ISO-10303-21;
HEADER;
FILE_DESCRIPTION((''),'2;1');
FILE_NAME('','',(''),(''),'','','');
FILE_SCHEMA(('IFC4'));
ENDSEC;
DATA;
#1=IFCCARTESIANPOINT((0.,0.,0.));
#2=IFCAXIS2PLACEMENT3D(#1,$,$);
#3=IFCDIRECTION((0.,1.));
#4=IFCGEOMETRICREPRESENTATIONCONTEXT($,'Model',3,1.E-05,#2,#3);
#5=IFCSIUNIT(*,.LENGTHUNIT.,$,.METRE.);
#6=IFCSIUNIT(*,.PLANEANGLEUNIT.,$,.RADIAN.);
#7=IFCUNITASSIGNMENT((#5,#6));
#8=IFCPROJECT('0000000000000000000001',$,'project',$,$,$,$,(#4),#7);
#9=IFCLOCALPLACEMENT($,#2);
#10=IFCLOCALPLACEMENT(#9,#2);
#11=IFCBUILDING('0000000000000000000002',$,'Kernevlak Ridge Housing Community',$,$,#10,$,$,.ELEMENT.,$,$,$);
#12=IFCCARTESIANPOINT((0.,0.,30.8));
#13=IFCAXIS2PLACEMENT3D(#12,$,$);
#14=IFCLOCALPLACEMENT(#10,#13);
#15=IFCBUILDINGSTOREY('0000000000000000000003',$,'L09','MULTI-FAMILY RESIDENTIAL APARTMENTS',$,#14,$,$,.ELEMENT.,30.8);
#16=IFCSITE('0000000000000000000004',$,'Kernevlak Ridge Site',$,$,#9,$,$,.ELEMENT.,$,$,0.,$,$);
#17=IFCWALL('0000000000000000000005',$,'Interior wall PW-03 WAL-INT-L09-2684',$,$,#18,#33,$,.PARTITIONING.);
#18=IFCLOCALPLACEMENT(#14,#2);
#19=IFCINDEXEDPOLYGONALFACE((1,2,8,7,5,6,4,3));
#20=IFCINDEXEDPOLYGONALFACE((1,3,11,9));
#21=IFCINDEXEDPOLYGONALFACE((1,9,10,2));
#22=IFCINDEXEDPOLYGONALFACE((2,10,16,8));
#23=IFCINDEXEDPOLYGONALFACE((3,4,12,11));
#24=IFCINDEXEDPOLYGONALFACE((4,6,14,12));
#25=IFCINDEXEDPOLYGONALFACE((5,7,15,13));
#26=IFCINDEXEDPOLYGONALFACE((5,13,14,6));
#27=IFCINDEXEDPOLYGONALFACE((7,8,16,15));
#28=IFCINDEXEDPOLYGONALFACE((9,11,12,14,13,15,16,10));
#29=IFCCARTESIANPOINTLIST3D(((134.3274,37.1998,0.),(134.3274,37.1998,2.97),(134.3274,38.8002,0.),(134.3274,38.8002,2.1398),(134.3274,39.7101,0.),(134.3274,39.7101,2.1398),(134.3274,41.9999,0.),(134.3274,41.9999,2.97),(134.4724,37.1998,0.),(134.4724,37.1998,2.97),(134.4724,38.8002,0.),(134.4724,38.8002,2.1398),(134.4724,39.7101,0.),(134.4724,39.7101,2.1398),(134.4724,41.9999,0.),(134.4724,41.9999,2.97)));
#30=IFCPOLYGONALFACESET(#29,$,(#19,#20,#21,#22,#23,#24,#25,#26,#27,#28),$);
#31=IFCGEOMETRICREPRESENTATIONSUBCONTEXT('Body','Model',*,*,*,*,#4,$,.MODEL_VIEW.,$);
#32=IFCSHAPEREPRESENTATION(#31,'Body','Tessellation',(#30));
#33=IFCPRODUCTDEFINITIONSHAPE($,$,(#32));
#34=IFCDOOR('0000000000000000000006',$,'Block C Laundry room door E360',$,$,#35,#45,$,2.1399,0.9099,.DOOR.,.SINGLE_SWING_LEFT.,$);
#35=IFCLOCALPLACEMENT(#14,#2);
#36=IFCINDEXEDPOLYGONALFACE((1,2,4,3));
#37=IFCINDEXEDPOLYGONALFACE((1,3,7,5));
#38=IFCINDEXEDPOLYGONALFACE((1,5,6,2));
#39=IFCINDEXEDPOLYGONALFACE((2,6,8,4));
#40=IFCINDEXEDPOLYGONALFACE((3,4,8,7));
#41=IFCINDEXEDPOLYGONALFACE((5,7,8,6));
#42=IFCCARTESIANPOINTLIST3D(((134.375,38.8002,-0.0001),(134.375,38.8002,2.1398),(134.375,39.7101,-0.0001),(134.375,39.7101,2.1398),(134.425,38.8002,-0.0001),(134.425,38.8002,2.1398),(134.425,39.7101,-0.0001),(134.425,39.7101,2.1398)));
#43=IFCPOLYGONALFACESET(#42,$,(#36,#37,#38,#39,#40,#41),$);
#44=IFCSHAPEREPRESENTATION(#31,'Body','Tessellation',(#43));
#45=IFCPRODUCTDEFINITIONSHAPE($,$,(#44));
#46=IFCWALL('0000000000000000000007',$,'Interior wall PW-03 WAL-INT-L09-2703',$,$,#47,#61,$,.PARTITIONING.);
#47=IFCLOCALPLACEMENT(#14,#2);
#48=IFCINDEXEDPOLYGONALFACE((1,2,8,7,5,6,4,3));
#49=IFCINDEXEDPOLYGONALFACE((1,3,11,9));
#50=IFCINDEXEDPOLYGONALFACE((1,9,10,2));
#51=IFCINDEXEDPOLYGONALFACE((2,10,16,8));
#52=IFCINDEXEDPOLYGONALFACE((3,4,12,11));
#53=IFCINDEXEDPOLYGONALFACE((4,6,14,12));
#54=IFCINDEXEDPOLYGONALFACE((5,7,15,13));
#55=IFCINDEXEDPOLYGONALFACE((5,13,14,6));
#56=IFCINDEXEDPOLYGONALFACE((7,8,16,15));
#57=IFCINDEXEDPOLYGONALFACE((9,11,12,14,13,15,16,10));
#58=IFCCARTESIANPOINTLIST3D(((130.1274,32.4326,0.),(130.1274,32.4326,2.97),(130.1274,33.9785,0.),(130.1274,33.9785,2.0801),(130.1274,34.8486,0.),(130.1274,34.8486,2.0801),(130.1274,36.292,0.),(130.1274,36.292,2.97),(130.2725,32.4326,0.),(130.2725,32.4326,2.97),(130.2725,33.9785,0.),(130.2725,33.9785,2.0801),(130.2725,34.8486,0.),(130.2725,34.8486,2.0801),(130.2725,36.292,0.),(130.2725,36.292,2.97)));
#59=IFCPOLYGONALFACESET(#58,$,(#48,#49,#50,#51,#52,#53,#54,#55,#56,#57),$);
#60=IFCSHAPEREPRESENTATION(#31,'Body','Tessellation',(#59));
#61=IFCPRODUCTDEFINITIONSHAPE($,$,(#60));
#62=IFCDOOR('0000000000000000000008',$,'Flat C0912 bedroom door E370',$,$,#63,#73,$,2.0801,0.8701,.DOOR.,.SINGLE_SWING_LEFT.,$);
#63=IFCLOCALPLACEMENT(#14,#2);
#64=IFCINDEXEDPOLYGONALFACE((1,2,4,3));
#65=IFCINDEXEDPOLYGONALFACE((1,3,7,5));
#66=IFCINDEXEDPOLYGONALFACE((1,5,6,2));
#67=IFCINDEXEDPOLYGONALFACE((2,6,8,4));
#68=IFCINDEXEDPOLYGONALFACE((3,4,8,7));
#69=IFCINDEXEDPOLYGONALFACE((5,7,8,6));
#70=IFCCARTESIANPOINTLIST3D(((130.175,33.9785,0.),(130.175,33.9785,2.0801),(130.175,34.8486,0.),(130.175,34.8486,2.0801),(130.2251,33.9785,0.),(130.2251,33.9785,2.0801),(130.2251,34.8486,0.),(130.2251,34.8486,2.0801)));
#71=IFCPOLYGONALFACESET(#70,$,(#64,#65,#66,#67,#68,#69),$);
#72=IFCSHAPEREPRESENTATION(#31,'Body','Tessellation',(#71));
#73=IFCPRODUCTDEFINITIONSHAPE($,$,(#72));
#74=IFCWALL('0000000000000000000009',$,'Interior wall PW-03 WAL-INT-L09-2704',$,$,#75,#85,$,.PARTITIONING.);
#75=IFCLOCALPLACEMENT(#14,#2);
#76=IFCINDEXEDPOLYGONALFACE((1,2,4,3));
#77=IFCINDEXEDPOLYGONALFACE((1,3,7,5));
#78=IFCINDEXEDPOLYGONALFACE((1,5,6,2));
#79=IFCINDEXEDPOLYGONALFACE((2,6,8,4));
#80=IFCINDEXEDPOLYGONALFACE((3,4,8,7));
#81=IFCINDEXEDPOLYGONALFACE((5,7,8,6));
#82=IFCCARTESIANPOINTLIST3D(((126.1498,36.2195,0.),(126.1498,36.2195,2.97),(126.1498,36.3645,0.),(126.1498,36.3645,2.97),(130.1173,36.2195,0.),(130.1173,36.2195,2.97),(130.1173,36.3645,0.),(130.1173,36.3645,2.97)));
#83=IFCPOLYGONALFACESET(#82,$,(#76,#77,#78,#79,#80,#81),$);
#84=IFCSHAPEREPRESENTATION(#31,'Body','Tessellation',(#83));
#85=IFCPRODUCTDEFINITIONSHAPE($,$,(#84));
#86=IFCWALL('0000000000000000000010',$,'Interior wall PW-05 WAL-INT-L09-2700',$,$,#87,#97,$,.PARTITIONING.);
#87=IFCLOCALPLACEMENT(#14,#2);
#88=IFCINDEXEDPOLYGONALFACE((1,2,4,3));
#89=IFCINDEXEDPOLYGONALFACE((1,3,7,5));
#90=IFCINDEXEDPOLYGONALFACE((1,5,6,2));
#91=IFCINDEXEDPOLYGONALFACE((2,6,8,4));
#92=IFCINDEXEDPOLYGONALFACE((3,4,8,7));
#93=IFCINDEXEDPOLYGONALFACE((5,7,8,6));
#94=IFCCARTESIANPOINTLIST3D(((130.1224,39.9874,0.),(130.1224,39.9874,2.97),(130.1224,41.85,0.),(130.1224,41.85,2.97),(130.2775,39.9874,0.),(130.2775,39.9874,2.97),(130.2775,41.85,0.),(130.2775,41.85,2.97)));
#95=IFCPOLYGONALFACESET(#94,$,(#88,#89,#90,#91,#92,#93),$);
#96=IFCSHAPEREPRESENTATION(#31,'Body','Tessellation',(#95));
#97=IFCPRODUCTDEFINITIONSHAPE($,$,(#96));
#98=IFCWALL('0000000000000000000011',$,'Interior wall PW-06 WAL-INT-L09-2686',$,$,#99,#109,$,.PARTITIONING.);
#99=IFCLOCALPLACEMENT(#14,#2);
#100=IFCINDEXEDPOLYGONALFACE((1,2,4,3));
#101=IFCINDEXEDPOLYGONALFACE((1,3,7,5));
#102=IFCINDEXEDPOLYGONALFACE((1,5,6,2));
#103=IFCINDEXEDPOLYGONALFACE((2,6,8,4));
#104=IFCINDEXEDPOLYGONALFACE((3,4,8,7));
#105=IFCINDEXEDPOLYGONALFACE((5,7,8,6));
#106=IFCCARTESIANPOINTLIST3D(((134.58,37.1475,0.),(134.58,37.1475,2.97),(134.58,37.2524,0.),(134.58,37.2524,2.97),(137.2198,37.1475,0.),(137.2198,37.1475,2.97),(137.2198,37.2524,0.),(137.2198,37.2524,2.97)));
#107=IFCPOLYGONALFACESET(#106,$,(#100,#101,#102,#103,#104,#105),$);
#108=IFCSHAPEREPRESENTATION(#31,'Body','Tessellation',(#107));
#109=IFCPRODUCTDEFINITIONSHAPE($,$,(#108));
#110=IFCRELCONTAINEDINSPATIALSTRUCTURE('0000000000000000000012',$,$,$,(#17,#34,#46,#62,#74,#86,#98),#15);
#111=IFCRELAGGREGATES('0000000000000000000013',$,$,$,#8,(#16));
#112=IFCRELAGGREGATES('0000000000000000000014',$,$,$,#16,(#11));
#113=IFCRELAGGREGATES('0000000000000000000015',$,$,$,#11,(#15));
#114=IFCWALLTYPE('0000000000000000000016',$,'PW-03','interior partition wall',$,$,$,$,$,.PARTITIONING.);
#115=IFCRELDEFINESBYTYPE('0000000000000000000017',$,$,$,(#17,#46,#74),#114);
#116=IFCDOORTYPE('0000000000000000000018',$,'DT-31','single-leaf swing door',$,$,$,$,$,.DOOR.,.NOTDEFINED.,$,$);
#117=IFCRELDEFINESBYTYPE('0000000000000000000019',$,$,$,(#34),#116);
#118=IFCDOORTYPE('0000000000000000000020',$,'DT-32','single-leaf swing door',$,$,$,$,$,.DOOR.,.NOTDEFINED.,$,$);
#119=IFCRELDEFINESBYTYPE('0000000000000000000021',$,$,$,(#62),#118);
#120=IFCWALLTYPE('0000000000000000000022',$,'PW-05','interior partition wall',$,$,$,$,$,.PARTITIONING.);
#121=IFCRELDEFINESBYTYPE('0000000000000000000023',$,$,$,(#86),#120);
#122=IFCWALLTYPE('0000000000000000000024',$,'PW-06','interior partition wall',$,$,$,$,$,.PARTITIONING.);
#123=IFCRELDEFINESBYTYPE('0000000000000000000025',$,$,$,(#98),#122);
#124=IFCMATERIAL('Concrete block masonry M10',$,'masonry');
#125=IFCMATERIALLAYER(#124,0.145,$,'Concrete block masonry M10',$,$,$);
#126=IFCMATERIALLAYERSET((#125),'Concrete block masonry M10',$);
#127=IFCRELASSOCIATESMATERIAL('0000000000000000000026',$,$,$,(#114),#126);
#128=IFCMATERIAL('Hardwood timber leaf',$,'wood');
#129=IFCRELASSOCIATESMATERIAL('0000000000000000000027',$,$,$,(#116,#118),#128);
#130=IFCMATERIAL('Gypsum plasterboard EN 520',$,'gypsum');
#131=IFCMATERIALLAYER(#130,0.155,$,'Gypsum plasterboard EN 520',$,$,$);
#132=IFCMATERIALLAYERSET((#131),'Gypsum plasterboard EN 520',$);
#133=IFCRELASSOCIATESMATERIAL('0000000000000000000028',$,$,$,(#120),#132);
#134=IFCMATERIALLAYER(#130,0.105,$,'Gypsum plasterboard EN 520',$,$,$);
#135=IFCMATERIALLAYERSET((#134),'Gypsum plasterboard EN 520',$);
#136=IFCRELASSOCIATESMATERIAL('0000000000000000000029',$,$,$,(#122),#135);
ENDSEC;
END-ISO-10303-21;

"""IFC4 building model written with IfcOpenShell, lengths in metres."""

from ifc_helpers import new_model, si_unit, direction, frame, frame_2d, origin, place, context, subcontext, project, spatial, rectangle, extrude, material, layer, layer_set, type_object, element, fill, save


model = new_model("IFC4")

# Units and contexts
model_context = context("Model", 3, precision=1e-05, world=origin(), true_north=direction((0.0, 1.0)))
body_context = subcontext(model_context, "Body", "Model", "MODEL_VIEW")
ifc_project = project(units=[si_unit("LENGTHUNIT", "METRE"), si_unit("PLANEANGLEUNIT", "RADIAN")], contexts=[model_context])

# Site, building, storey
site_placement = place(None, origin())
site = spatial("IfcSite", under=ifc_project, at=site_placement, Name="Kernevlak Ridge Site", CompositionType="ELEMENT", RefElevation=0.0)
building_placement = place(site_placement, origin())
building = spatial("IfcBuilding", under=site, at=building_placement, Name="Kernevlak Ridge Housing Community", CompositionType="ELEMENT")
storey_placement = place(building_placement, frame((0.0, 0.0, 30.8)))
storey = spatial("IfcBuildingStorey", under=building, at=storey_placement, Name="L09", Description="MULTI-FAMILY RESIDENTIAL APARTMENTS", CompositionType="ELEMENT", Elevation=30.8)

# Shared definitions
ifc_material_1 = material(Name="Concrete block masonry M10", Category="masonry")

# Walls, openings, doors
ifc_layer_1 = layer(ifc_material_1, 0.145, Name="Concrete block masonry M10")
ifc_layer_set_1 = layer_set([ifc_layer_1], Name="Concrete block masonry M10")
wall_type_1 = type_object("IfcWallType", Name="PW-03", Description="interior partition wall", PredefinedType="PARTITIONING", material=ifc_layer_set_1)
wall_1_placement = place(storey_placement, frame((134.3999, 37.2, 0.0), z_axis=(0.0, 0.0, 1.0), x_axis=(0.0, 1.0, 0.0)))
wall_1 = element("IfcWall", 1, at=wall_1_placement, inside=storey, type_object=wall_type_1, Name="Interior wall PW-03 WAL-INT-L09-2684", PredefinedType="PARTITIONING", context=body_context, shape_type="SweptSolid", body=[
    extrude(rectangle(XDim=4.8, YDim=0.145, at=frame_2d((2.3999, 0.0))), origin(), (0.0, 0.0, 1.0), 2.97),
])
opening_1_placement = place(wall_1_placement, frame((1.6001, 0.0, 0.0)))
opening_1 = element("IfcOpeningElement", 2, at=opening_1_placement, cuts=wall_1, PredefinedType="OPENING", context=body_context, shape_type="SweptSolid", body=[
    extrude(rectangle(XDim=0.9099, YDim=2.1399, at=frame_2d((0.4551, 1.0698))), frame((0.0, 0.0825, 0.0), z_axis=(0.0, -1.0, 0.0), x_axis=(1.0, 0.0, 0.0)), (0.0, 0.0, 1.0), 0.165),
])
ifc_material_2 = material(Name="Hardwood timber leaf", Category="wood")
door_type_1 = type_object("IfcDoorType", Name="DT-31", Description="single-leaf swing door", OperationType="NOTDEFINED", PredefinedType="DOOR", material=ifc_material_2)
door_1_placement = place(opening_1_placement, origin())
door_1 = element("IfcDoor", 3, at=door_1_placement, inside=storey, type_object=door_type_1, Name="Block C Laundry room door E360", OperationType="SINGLE_SWING_LEFT", OverallHeight=2.1399, OverallWidth=0.9099, PredefinedType="DOOR", context=body_context, shape_type="SweptSolid", body=[
    extrude(rectangle(XDim=0.9099, YDim=2.1399, at=frame_2d((0.4551, 1.0698))), frame((0.0, 0.0249, 0.0), z_axis=(0.0, -1.0, 0.0), x_axis=(1.0, 0.0, 0.0)), (0.0, 0.0, 1.0), 0.05),
])
fill(opening_1, door_1)
wall_2_placement = place(storey_placement, frame((130.2, 32.4326, 0.0), z_axis=(0.0, 0.0, 1.0), x_axis=(0.0, 1.0, 0.0)))
wall_2 = element("IfcWall", 4, at=wall_2_placement, inside=storey, type_object=wall_type_1, Name="Interior wall PW-03 WAL-INT-L09-2703", PredefinedType="PARTITIONING", context=body_context, shape_type="SweptSolid", body=[
    extrude(rectangle(XDim=3.8594, YDim=0.145, at=frame_2d((1.9297, 0.0))), origin(), (0.0, 0.0, 1.0), 2.97),
])
opening_2_placement = place(wall_2_placement, frame((1.5459, 0.0, 0.0)))
opening_2 = element("IfcOpeningElement", 5, at=opening_2_placement, cuts=wall_2, PredefinedType="OPENING", context=body_context, shape_type="SweptSolid", body=[
    extrude(rectangle(XDim=0.8701, YDim=2.0801, at=frame_2d((0.4351, 1.04))), frame((0.0, 0.0825, 0.0), z_axis=(0.0, -1.0, 0.0), x_axis=(1.0, 0.0, 0.0)), (0.0, 0.0, 1.0), 0.165),
])
door_type_2 = type_object("IfcDoorType", Name="DT-32", Description="single-leaf swing door", OperationType="NOTDEFINED", PredefinedType="DOOR", material=ifc_material_2)
door_2_placement = place(opening_2_placement, origin())
door_2 = element("IfcDoor", 6, at=door_2_placement, inside=storey, type_object=door_type_2, Name="Flat C0912 bedroom door E370", OperationType="SINGLE_SWING_LEFT", OverallHeight=2.0801, OverallWidth=0.8701, PredefinedType="DOOR", context=body_context, shape_type="SweptSolid", body=[
    extrude(rectangle(XDim=0.8701, YDim=2.0801, at=frame_2d((0.4351, 1.04))), frame((0.0, 0.0249, 0.0), z_axis=(0.0, -1.0, 0.0), x_axis=(1.0, 0.0, 0.0)), (0.0, 0.0, 1.0), 0.05),
])
fill(opening_2, door_2)

# Wall
wall_3_placement = place(storey_placement, frame((130.1174, 36.292, 0.0), z_axis=(0.0, 0.0, 1.0), x_axis=(-1.0, 0.0, 0.0)))
element("IfcWall", 7, at=wall_3_placement, inside=storey, type_object=wall_type_1, Name="Interior wall PW-03 WAL-INT-L09-2704", PredefinedType="PARTITIONING", context=body_context, shape_type="SweptSolid", body=[
    extrude(rectangle(XDim=3.9675, YDim=0.145, at=frame_2d((1.9839, 0.0))), origin(), (0.0, 0.0, 1.0), 2.97),
])

# Shared definitions
ifc_material_3 = material(Name="Gypsum plasterboard EN 520", Category="gypsum")
ifc_layer_2 = layer(ifc_material_3, 0.155, Name="Gypsum plasterboard EN 520")
ifc_layer_set_2 = layer_set([ifc_layer_2], Name="Gypsum plasterboard EN 520")
wall_type_2 = type_object("IfcWallType", Name="PW-05", Description="interior partition wall", PredefinedType="PARTITIONING", material=ifc_layer_set_2)

# Walls
wall_4_placement = place(storey_placement, frame((130.2, 39.9875, 0.0), z_axis=(0.0, 0.0, 1.0), x_axis=(0.0, 1.0, 0.0)))
element("IfcWall", 8, at=wall_4_placement, inside=storey, type_object=wall_type_2, Name="Interior wall PW-05 WAL-INT-L09-2700", PredefinedType="PARTITIONING", context=body_context, shape_type="SweptSolid", body=[
    extrude(rectangle(XDim=1.8625, YDim=0.155, at=frame_2d((0.9312, 0.0))), origin(), (0.0, 0.0, 1.0), 2.97),
])
ifc_layer_3 = layer(ifc_material_3, 0.105, Name="Gypsum plasterboard EN 520")
ifc_layer_set_3 = layer_set([ifc_layer_3], Name="Gypsum plasterboard EN 520")
wall_type_3 = type_object("IfcWallType", Name="PW-06", Description="interior partition wall", PredefinedType="PARTITIONING", material=ifc_layer_set_3)
wall_5_placement = place(storey_placement, frame((134.5801, 37.2, 0.0), z_axis=(0.0, 0.0, 1.0), x_axis=(1.0, 0.0, 0.0)))
element("IfcWall", 9, at=wall_5_placement, inside=storey, type_object=wall_type_3, Name="Interior wall PW-06 WAL-INT-L09-2686", PredefinedType="PARTITIONING", context=body_context, shape_type="SweptSolid", body=[
    extrude(rectangle(XDim=2.6399, YDim=0.105, at=frame_2d((1.3198, 0.0))), origin(), (0.0, 0.0, 1.0), 2.97),
])

save(model, "model.ifc")
